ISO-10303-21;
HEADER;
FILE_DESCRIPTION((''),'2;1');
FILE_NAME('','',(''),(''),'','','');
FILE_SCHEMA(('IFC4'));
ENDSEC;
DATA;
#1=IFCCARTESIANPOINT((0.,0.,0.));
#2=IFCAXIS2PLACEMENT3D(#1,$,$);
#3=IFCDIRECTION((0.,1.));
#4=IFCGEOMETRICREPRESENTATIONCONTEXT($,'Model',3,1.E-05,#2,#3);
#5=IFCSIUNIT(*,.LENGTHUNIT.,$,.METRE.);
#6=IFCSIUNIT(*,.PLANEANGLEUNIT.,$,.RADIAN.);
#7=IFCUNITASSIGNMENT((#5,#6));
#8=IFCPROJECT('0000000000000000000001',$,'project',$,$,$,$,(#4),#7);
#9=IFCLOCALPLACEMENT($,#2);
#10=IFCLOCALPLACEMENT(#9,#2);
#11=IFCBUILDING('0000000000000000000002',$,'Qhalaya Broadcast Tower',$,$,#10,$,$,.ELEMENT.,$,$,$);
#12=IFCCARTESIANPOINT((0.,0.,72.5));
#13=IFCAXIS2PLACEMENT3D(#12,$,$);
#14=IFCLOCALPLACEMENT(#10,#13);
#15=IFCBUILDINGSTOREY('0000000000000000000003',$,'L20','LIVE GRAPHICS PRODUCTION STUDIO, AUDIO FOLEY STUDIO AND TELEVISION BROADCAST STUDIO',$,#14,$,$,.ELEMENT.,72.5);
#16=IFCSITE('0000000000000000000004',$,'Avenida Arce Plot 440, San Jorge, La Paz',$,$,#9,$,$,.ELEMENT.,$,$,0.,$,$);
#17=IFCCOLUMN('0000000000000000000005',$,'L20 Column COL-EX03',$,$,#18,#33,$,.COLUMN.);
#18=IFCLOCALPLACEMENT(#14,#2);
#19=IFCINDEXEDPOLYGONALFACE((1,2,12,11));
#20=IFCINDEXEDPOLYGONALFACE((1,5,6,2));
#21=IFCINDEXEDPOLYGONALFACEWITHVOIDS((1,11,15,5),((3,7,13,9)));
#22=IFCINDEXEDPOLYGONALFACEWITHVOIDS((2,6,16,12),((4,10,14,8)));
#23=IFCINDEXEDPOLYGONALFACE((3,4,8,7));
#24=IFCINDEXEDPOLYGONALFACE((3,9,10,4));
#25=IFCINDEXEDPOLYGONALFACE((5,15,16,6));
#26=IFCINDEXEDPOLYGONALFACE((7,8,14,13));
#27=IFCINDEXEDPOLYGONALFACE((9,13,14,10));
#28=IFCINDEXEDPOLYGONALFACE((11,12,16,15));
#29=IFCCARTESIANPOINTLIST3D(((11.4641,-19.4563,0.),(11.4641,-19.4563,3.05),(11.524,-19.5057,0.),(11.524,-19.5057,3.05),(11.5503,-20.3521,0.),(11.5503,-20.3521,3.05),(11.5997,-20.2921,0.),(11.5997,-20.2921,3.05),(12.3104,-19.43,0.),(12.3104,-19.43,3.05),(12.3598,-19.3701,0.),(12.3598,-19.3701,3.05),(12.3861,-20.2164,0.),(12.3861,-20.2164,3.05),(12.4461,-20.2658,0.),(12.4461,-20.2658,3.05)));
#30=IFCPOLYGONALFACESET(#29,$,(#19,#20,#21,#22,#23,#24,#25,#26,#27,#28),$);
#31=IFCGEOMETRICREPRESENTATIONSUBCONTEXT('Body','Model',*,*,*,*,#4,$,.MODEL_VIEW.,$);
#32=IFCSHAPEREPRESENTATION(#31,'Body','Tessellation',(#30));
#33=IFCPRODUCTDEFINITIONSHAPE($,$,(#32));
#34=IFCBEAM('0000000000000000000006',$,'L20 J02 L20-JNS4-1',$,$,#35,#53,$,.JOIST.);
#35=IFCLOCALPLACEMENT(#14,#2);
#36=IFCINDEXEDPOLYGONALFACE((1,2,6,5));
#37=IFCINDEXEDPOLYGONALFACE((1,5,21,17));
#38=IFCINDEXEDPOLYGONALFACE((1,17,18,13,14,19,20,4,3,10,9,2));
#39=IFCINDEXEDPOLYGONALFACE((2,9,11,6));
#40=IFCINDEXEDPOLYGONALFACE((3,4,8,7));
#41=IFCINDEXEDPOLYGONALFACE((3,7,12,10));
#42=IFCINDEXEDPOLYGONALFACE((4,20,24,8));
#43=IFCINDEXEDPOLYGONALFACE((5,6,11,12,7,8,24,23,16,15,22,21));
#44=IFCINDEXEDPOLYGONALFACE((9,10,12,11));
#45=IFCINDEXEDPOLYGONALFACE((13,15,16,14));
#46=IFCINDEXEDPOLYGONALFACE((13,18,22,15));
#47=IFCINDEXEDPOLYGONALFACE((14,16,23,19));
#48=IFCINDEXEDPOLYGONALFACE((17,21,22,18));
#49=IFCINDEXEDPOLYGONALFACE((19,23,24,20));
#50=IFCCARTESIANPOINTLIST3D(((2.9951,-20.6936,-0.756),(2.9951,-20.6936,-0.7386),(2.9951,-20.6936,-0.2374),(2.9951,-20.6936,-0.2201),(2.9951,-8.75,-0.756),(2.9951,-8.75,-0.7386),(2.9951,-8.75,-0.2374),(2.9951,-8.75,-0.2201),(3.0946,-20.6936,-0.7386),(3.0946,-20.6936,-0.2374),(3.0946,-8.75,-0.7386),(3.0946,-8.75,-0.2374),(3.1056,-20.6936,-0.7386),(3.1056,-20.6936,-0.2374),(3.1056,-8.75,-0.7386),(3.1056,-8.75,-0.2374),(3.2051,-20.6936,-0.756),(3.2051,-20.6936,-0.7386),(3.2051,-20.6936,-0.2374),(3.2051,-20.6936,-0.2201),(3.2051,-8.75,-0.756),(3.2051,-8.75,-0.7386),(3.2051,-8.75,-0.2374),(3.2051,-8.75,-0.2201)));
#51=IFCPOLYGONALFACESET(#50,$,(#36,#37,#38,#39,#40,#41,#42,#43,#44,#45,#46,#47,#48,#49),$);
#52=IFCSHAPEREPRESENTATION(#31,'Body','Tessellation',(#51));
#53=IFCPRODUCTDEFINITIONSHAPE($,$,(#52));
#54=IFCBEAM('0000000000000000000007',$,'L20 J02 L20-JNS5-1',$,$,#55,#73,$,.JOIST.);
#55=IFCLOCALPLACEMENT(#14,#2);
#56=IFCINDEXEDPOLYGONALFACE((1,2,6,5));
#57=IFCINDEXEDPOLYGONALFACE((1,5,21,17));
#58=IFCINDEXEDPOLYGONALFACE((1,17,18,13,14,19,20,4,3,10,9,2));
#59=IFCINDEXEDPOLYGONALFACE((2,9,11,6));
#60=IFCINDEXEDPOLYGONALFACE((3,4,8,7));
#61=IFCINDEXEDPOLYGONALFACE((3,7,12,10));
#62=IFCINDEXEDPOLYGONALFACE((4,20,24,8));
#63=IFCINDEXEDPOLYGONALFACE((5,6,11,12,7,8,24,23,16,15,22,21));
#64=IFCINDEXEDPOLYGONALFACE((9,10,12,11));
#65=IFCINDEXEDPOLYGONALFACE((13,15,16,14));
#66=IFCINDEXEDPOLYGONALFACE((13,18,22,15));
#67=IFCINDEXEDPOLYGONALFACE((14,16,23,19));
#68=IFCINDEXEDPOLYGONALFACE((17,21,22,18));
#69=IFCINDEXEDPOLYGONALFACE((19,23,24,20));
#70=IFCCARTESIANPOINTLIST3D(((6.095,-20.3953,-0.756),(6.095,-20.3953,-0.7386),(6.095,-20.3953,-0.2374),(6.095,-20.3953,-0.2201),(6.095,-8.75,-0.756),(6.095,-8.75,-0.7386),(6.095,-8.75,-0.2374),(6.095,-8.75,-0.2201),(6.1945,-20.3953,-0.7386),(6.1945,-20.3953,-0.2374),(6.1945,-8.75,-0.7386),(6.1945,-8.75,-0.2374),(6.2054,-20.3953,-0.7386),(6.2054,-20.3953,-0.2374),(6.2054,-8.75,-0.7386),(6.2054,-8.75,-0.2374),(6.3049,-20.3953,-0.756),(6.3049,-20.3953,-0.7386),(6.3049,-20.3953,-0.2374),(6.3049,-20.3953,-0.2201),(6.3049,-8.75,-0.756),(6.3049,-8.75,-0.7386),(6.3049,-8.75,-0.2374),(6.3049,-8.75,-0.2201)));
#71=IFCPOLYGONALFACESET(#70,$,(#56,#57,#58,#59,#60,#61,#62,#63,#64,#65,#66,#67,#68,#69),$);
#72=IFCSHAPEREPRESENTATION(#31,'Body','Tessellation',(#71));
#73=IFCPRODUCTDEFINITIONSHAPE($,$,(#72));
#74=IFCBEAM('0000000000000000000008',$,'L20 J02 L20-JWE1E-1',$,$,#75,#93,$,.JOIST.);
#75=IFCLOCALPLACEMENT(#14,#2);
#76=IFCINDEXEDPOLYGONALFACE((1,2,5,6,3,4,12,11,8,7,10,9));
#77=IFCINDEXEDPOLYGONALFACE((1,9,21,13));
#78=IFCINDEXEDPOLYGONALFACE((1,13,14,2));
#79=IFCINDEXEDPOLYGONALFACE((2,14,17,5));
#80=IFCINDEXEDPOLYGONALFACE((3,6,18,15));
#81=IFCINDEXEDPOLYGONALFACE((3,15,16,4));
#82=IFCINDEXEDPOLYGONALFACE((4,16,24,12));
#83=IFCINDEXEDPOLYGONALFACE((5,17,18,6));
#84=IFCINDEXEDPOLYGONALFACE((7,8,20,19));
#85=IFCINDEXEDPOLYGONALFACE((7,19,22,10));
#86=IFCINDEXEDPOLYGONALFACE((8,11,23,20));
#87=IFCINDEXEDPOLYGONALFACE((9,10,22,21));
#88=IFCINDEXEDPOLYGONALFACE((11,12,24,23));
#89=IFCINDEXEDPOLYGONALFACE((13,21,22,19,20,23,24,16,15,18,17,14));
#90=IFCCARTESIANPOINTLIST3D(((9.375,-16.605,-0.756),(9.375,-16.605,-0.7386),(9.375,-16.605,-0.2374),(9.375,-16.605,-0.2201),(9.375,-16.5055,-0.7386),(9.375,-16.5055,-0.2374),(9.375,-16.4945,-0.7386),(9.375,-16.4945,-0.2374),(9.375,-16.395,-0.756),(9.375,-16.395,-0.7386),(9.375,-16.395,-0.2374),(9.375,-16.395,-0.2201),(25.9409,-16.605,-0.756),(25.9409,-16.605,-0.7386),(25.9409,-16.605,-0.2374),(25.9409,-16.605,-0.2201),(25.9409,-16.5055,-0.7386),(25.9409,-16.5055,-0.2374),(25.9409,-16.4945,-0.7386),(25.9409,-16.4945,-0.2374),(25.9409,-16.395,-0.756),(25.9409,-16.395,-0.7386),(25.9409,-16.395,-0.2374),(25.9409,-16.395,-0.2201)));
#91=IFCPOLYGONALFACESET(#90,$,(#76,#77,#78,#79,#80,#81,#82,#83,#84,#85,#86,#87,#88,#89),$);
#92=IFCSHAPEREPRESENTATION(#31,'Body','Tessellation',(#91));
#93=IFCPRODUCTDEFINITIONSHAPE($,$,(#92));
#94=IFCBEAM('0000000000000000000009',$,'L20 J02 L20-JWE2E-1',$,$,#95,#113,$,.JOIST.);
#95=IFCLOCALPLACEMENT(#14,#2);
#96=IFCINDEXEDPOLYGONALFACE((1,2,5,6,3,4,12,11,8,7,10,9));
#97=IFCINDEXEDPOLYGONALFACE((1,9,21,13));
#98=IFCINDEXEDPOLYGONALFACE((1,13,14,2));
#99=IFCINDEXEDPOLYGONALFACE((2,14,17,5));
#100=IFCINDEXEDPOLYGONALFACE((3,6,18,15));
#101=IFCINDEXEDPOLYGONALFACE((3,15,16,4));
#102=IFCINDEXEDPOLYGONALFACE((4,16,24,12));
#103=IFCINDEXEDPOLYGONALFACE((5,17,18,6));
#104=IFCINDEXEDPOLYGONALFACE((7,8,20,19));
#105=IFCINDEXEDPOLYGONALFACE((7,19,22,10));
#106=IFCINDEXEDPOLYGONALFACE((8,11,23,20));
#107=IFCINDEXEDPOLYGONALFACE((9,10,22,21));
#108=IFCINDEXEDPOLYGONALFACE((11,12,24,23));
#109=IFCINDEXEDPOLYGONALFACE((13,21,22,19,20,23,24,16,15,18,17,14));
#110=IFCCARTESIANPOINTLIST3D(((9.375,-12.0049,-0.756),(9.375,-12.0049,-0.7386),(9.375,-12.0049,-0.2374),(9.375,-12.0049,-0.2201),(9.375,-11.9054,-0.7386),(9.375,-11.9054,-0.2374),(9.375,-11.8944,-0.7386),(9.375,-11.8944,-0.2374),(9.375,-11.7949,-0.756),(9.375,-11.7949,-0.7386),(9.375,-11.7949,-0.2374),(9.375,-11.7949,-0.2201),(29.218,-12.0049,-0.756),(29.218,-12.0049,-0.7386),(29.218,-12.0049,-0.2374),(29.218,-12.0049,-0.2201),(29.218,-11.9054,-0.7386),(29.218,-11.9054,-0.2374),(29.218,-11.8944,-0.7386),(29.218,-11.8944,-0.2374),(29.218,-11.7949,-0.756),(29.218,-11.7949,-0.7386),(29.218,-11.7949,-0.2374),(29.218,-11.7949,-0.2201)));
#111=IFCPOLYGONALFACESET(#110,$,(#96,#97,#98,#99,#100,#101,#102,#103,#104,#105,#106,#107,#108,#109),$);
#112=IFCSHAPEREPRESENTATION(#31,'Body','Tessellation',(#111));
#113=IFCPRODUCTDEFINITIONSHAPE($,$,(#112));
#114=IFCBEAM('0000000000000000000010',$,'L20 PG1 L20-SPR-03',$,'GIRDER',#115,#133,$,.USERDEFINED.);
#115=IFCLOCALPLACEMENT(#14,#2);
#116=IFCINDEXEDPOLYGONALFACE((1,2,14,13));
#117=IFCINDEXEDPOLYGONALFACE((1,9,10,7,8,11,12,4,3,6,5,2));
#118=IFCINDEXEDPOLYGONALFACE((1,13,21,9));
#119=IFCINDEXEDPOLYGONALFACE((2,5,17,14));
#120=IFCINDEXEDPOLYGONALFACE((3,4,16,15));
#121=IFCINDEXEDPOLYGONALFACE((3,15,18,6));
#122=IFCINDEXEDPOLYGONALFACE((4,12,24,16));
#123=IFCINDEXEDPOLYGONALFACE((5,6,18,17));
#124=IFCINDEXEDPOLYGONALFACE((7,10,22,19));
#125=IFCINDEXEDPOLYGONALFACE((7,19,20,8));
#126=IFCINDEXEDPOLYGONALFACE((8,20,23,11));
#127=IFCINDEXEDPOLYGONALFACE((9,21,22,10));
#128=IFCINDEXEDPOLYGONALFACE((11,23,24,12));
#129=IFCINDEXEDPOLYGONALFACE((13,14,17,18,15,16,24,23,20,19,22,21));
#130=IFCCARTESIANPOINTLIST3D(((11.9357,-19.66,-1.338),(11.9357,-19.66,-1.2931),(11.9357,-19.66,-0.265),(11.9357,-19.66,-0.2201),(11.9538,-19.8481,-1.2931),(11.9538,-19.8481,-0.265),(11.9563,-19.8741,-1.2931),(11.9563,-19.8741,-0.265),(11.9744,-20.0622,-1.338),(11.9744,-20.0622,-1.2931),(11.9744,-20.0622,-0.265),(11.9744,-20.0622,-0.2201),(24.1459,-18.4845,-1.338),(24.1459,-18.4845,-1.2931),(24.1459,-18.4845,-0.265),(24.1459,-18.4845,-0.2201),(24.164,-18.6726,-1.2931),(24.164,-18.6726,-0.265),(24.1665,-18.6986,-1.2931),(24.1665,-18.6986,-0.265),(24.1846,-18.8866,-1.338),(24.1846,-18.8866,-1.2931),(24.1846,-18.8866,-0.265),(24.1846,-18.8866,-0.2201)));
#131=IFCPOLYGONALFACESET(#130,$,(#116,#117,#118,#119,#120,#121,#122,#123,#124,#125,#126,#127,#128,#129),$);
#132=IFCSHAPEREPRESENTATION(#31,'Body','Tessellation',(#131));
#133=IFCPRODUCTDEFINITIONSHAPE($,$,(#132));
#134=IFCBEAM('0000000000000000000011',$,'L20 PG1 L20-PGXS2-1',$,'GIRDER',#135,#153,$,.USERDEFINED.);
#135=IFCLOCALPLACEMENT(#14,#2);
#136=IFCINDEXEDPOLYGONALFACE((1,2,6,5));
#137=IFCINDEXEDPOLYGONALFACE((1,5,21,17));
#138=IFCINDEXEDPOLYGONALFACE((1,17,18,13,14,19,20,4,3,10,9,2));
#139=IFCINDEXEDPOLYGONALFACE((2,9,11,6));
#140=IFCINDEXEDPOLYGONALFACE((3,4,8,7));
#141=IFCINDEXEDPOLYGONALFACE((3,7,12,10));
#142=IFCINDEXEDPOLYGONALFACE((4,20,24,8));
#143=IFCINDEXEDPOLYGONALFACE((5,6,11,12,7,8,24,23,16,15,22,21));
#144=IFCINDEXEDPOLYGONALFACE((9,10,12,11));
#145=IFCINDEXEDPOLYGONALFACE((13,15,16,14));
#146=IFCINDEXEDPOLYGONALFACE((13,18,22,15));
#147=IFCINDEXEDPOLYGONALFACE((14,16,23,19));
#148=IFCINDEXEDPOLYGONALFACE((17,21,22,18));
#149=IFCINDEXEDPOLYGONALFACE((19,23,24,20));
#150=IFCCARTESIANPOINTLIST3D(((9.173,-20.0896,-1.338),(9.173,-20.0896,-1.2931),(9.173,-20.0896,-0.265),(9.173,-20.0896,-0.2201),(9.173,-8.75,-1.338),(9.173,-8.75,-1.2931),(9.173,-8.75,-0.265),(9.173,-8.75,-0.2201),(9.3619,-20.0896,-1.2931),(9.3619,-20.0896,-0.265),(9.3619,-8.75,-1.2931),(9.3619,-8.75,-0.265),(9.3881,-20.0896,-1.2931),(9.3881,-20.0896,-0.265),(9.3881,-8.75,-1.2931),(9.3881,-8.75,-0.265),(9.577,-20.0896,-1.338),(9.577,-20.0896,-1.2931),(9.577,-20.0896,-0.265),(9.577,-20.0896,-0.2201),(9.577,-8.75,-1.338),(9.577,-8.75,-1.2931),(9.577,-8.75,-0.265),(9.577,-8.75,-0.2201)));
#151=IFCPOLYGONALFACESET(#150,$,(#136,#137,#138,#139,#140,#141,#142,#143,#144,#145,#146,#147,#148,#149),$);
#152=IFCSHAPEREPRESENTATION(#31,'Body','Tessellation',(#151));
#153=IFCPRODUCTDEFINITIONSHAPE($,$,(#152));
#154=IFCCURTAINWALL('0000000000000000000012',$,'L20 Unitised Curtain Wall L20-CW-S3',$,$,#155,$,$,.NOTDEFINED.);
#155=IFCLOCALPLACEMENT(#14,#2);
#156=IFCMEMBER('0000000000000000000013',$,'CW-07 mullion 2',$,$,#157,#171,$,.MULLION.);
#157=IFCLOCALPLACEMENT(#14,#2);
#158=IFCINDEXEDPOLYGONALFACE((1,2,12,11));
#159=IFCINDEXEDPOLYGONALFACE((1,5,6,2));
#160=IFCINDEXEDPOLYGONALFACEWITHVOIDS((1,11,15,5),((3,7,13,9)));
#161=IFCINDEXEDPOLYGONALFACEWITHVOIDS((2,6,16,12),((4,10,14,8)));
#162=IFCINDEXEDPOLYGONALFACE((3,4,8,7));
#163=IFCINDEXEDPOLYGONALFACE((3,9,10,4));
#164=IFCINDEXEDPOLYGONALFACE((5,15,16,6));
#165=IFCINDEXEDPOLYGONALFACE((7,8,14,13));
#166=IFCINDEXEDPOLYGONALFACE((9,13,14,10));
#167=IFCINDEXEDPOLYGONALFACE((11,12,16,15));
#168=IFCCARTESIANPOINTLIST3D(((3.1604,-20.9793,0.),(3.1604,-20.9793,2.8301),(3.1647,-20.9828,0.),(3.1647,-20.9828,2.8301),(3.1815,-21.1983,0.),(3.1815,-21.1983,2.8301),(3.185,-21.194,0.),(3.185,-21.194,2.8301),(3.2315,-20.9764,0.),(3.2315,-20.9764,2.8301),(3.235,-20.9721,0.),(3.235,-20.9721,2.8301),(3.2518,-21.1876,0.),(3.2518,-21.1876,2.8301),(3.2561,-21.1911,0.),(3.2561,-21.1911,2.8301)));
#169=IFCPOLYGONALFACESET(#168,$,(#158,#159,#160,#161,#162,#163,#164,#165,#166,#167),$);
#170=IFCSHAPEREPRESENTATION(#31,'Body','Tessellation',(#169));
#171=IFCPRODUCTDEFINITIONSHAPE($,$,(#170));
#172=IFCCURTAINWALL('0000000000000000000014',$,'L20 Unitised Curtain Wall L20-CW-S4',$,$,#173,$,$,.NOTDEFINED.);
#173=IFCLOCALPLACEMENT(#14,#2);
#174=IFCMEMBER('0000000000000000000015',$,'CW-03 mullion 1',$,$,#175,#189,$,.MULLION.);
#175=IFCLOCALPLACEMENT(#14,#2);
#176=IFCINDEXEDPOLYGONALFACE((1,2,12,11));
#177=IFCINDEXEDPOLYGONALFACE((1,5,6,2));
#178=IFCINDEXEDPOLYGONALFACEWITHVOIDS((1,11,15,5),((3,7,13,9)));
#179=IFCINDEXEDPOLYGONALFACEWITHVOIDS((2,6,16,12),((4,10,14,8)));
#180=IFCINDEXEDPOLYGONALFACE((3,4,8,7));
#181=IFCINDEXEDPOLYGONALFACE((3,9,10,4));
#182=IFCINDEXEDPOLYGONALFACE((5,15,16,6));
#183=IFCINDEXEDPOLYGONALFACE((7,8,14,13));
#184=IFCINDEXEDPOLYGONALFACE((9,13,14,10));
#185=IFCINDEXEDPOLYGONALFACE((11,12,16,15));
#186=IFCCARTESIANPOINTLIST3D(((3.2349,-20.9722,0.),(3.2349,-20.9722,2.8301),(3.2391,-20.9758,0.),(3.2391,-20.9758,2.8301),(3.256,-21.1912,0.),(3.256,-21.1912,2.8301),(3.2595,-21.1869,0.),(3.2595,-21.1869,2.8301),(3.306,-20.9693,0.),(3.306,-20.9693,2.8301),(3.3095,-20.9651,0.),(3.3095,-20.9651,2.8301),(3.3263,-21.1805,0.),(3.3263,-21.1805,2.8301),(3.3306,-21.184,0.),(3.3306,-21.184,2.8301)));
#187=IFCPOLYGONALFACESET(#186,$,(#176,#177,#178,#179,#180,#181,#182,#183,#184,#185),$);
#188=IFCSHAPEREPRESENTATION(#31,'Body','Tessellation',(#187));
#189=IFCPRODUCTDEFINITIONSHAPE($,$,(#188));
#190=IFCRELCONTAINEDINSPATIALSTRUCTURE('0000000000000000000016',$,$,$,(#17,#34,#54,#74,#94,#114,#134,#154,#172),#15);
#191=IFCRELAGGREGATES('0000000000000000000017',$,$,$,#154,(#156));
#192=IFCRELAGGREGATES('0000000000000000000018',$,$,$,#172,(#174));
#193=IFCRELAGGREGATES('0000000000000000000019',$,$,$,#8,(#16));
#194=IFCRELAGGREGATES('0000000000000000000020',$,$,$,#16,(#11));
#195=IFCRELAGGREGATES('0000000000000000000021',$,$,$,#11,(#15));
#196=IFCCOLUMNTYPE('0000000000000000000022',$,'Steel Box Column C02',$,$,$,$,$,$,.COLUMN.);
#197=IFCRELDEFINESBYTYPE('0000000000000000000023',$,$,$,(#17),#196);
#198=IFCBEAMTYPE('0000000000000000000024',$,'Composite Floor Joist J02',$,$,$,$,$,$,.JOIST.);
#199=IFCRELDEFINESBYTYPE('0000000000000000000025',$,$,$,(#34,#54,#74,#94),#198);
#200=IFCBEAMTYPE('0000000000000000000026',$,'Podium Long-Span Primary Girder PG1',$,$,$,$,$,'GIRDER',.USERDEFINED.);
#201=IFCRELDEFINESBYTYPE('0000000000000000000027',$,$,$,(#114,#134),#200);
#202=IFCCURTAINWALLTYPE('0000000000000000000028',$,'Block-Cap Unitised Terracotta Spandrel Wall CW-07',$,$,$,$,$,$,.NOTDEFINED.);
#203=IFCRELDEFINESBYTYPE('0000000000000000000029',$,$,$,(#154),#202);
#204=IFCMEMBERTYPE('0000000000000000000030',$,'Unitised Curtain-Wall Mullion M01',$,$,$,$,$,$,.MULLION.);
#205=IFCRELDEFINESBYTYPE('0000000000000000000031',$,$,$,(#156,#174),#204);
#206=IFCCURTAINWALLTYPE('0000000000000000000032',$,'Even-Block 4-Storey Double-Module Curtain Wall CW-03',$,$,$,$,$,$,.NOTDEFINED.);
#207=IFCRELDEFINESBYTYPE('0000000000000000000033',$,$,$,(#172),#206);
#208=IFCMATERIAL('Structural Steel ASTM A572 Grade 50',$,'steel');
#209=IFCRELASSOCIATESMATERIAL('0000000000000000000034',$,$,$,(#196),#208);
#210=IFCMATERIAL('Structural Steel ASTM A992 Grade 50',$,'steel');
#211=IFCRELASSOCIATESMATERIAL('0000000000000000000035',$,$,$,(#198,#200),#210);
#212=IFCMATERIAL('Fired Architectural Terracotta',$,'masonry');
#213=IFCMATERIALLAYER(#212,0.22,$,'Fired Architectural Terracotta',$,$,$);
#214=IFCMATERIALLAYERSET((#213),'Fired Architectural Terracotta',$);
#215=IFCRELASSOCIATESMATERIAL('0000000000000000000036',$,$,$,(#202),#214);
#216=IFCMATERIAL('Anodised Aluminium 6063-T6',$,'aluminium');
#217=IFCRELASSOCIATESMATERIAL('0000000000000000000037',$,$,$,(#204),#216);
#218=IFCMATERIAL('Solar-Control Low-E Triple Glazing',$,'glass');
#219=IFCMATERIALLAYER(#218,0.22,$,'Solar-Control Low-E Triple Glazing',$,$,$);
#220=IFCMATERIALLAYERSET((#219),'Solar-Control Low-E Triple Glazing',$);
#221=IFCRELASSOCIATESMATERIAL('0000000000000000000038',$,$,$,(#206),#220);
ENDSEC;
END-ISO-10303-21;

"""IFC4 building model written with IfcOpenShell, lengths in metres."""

from ifc_helpers import new_model, si_unit, direction, frame, origin, origin_2d, place, context, subcontext, project, spatial, hollow_rectangle, i_section, extrude, material, layer, layer_set, material_profile, profile_set, type_object, element, aggregate, save


model = new_model("IFC4")

# Units and contexts
model_context = context("Model", 3, precision=1e-05, world=origin(), true_north=direction((0.0, 1.0)))
body_context = subcontext(model_context, "Body", "Model", "MODEL_VIEW")
ifc_project = project(units=[si_unit("LENGTHUNIT", "METRE"), si_unit("PLANEANGLEUNIT", "RADIAN")], contexts=[model_context])

# Site, building, storey
site_placement = place(None, origin())
site = spatial("IfcSite", under=ifc_project, at=site_placement, Name="Avenida Arce Plot 440, San Jorge, La Paz", CompositionType="ELEMENT", RefElevation=0.0)
building_placement = place(site_placement, origin())
building = spatial("IfcBuilding", under=site, at=building_placement, Name="Qhalaya Broadcast Tower", CompositionType="ELEMENT")
storey_placement = place(building_placement, frame((0.0, 0.0, 72.5)))
storey = spatial("IfcBuildingStorey", under=building, at=storey_placement, Name="L20", Description="LIVE GRAPHICS PRODUCTION STUDIO, AUDIO FOLEY STUDIO AND TELEVISION BROADCAST STUDIO", CompositionType="ELEMENT", Elevation=72.5)

# Column
ifc_material_1 = material(Name="Structural Steel ASTM A572 Grade 50", Category="steel")
ifc_material_profile_1 = material_profile(ifc_material_1, hollow_rectangle(XDim=0.8999, YDim=0.8999, WallThickness=0.0549, at=origin_2d()), Name="BOX 900x900x55")
ifc_profile_set_1 = profile_set([ifc_material_profile_1], Name="Structural Steel ASTM A572 Grade 50")
column_type = type_object("IfcColumnType", Name="Steel Box Column C02", PredefinedType="COLUMN", material=ifc_profile_set_1)
column_placement = place(storey_placement, frame((11.9551, -19.8611, 0.0), z_axis=(0.0, 0.0, 1.0), x_axis=(0.995396, 0.095846, 0.0)))
element("IfcColumn", 1, at=column_placement, inside=storey, type_object=column_type, Name="L20 Column COL-EX03", PredefinedType="COLUMN", context=body_context, shape_type="SweptSolid", body=[
    extrude(hollow_rectangle(XDim=0.8999, YDim=0.8999, WallThickness=0.0549, at=origin_2d()), origin(), (0.0, 0.0, 1.0), 3.05),
])

# Beams
ifc_material_2 = material(Name="Structural Steel ASTM A992 Grade 50", Category="steel")
ifc_material_profile_2 = material_profile(ifc_material_2, i_section(OverallWidth=0.21, OverallDepth=0.5359, WebThickness=0.011, FlangeThickness=0.0173, at=origin_2d()), Name="W21X68")
ifc_profile_set_2 = profile_set([ifc_material_profile_2], Name="Structural Steel ASTM A992 Grade 50")
beam_type_1 = type_object("IfcBeamType", Name="Composite Floor Joist J02", PredefinedType="JOIST", material=ifc_profile_set_2)
beam_1_placement = place(storey_placement, frame((3.1001, -20.6936, -0.488), z_axis=(0.0, 1.0, 0.0), x_axis=(-1.0, 0.0, 0.0)))
element("IfcBeam", 2, at=beam_1_placement, inside=storey, type_object=beam_type_1, Name="L20 J02 L20-JNS4-1", PredefinedType="JOIST", context=body_context, shape_type="SweptSolid", body=[
    extrude(i_section(OverallWidth=0.21, OverallDepth=0.5359, WebThickness=0.011, FlangeThickness=0.0173, at=origin_2d()), origin(), (0.0, 0.0, 1.0), 11.9436),
])
beam_2_placement = place(storey_placement, frame((6.2, -20.3953, -0.488), z_axis=(0.0, 1.0, 0.0), x_axis=(-1.0, 0.0, 0.0)))
element("IfcBeam", 3, at=beam_2_placement, inside=storey, type_object=beam_type_1, Name="L20 J02 L20-JNS5-1", PredefinedType="JOIST", context=body_context, shape_type="SweptSolid", body=[
    extrude(i_section(OverallWidth=0.21, OverallDepth=0.5359, WebThickness=0.011, FlangeThickness=0.0173, at=origin_2d()), origin(), (0.0, 0.0, 1.0), 11.6453),
])
beam_3_placement = place(storey_placement, frame((9.375, -16.5, -0.488), z_axis=(1.0, 0.0, 0.0), x_axis=(0.0, 1.0, 0.0)))
element("IfcBeam", 4, at=beam_3_placement, inside=storey, type_object=beam_type_1, Name="L20 J02 L20-JWE1E-1", PredefinedType="JOIST", context=body_context, shape_type="SweptSolid", body=[
    extrude(i_section(OverallWidth=0.21, OverallDepth=0.5359, WebThickness=0.011, FlangeThickness=0.0173, at=origin_2d()), origin(), (0.0, 0.0, 1.0), 16.5659),
])
beam_4_placement = place(storey_placement, frame((9.375, -11.8999, -0.488), z_axis=(1.0, 0.0, 0.0), x_axis=(0.0, 1.0, 0.0)))
element("IfcBeam", 5, at=beam_4_placement, inside=storey, type_object=beam_type_1, Name="L20 J02 L20-JWE2E-1", PredefinedType="JOIST", context=body_context, shape_type="SweptSolid", body=[
    extrude(i_section(OverallWidth=0.21, OverallDepth=0.5359, WebThickness=0.011, FlangeThickness=0.0173, at=origin_2d()), origin(), (0.0, 0.0, 1.0), 19.843),
])
ifc_material_profile_3 = material_profile(ifc_material_2, i_section(OverallWidth=0.4041, OverallDepth=1.1179, WebThickness=0.0261, FlangeThickness=0.0449, at=origin_2d()), Name="W44X335")
ifc_profile_set_3 = profile_set([ifc_material_profile_3], Name="Structural Steel ASTM A992 Grade 50")
beam_type_2 = type_object("IfcBeamType", Name="Podium Long-Span Primary Girder PG1", ElementType="GIRDER", PredefinedType="USERDEFINED", material=ifc_profile_set_3)
beam_5_placement = place(storey_placement, frame((11.9551, -19.8611, -0.7791), z_axis=(0.995398, 0.095832, 0.0), x_axis=(-0.095832, 0.995398, 0.0)))
element("IfcBeam", 6, at=beam_5_placement, inside=storey, type_object=beam_type_2, Name="L20 PG1 L20-SPR-03", ObjectType="GIRDER", PredefinedType="USERDEFINED", context=body_context, shape_type="SweptSolid", body=[
    extrude(i_section(OverallWidth=0.4041, OverallDepth=1.1179, WebThickness=0.0261, FlangeThickness=0.0449, at=origin_2d()), origin(), (0.0, 0.0, 1.0), 12.2666),
])
beam_6_placement = place(storey_placement, frame((9.375, -20.0896, -0.7791), z_axis=(0.0, 1.0, 0.0), x_axis=(-1.0, 0.0, 0.0)))
element("IfcBeam", 7, at=beam_6_placement, inside=storey, type_object=beam_type_2, Name="L20 PG1 L20-PGXS2-1", ObjectType="GIRDER", PredefinedType="USERDEFINED", context=body_context, shape_type="SweptSolid", body=[
    extrude(i_section(OverallWidth=0.4041, OverallDepth=1.1179, WebThickness=0.0261, FlangeThickness=0.0449, at=origin_2d()), origin(), (0.0, 0.0, 1.0), 11.3396),
])

# Curtain wall, member
ifc_material_3 = material(Name="Fired Architectural Terracotta", Category="masonry")
ifc_layer_1 = layer(ifc_material_3, 0.22, Name="Fired Architectural Terracotta")
ifc_layer_set_1 = layer_set([ifc_layer_1], Name="Fired Architectural Terracotta")
curtain_wall_type_1 = type_object("IfcCurtainWallType", Name="Block-Cap Unitised Terracotta Spandrel Wall CW-07", PredefinedType="NOTDEFINED", material=ifc_layer_set_1)
curtain_wall_1_placement = place(storey_placement, origin())
curtain_wall_1 = element("IfcCurtainWall", 8, at=curtain_wall_1_placement, inside=storey, type_object=curtain_wall_type_1, Name="L20 Unitised Curtain Wall L20-CW-S3", PredefinedType="NOTDEFINED")
ifc_material_4 = material(Name="Anodised Aluminium 6063-T6", Category="aluminium")
ifc_material_profile_4 = material_profile(ifc_material_4, hollow_rectangle(XDim=0.075, YDim=0.22, WallThickness=0.0039, at=origin_2d()), Name="ALU-MUL 75x220x4")
ifc_profile_set_4 = profile_set([ifc_material_profile_4], Name="Anodised Aluminium 6063-T6")
member_type_1 = type_object("IfcMemberType", Name="Unitised Curtain-Wall Mullion M01", PredefinedType="MULLION", material=ifc_profile_set_4)
member_1_placement = place(storey_placement, frame((3.2083, -21.0852, 0.0), z_axis=(0.0, 0.0, 1.0), x_axis=(0.995396, 0.095843, 0.0)))
member_1 = element("IfcMember", 9, at=member_1_placement, type_object=member_type_1, Name="CW-07 mullion 2", PredefinedType="MULLION", context=body_context, shape_type="SweptSolid", body=[
    extrude(hollow_rectangle(XDim=0.075, YDim=0.22, WallThickness=0.0039, at=origin_2d()), origin(), (0.0, 0.0, 1.0), 2.8301),
])
aggregate(curtain_wall_1, [member_1])

# Curtain wall, member
ifc_material_5 = material(Name="Solar-Control Low-E Triple Glazing", Category="glass")
ifc_layer_2 = layer(ifc_material_5, 0.22, Name="Solar-Control Low-E Triple Glazing")
ifc_layer_set_2 = layer_set([ifc_layer_2], Name="Solar-Control Low-E Triple Glazing")
curtain_wall_type_2 = type_object("IfcCurtainWallType", Name="Even-Block 4-Storey Double-Module Curtain Wall CW-03", PredefinedType="NOTDEFINED", material=ifc_layer_set_2)
curtain_wall_2_placement = place(storey_placement, origin())
curtain_wall_2 = element("IfcCurtainWall", 10, at=curtain_wall_2_placement, inside=storey, type_object=curtain_wall_type_2, Name="L20 Unitised Curtain Wall L20-CW-S4", PredefinedType="NOTDEFINED")
member_2_placement = place(storey_placement, frame((3.2827, -21.0781, 0.0), z_axis=(0.0, 0.0, 1.0), x_axis=(0.995395, 0.095853, 0.0)))
member_2 = element("IfcMember", 11, at=member_2_placement, type_object=member_type_1, Name="CW-03 mullion 1", PredefinedType="MULLION", context=body_context, shape_type="SweptSolid", body=[
    extrude(hollow_rectangle(XDim=0.075, YDim=0.22, WallThickness=0.0039, at=origin_2d()), origin(), (0.0, 0.0, 1.0), 2.8301),
])

aggregate(curtain_wall_2, [member_2])

save(model, "model.ifc")
